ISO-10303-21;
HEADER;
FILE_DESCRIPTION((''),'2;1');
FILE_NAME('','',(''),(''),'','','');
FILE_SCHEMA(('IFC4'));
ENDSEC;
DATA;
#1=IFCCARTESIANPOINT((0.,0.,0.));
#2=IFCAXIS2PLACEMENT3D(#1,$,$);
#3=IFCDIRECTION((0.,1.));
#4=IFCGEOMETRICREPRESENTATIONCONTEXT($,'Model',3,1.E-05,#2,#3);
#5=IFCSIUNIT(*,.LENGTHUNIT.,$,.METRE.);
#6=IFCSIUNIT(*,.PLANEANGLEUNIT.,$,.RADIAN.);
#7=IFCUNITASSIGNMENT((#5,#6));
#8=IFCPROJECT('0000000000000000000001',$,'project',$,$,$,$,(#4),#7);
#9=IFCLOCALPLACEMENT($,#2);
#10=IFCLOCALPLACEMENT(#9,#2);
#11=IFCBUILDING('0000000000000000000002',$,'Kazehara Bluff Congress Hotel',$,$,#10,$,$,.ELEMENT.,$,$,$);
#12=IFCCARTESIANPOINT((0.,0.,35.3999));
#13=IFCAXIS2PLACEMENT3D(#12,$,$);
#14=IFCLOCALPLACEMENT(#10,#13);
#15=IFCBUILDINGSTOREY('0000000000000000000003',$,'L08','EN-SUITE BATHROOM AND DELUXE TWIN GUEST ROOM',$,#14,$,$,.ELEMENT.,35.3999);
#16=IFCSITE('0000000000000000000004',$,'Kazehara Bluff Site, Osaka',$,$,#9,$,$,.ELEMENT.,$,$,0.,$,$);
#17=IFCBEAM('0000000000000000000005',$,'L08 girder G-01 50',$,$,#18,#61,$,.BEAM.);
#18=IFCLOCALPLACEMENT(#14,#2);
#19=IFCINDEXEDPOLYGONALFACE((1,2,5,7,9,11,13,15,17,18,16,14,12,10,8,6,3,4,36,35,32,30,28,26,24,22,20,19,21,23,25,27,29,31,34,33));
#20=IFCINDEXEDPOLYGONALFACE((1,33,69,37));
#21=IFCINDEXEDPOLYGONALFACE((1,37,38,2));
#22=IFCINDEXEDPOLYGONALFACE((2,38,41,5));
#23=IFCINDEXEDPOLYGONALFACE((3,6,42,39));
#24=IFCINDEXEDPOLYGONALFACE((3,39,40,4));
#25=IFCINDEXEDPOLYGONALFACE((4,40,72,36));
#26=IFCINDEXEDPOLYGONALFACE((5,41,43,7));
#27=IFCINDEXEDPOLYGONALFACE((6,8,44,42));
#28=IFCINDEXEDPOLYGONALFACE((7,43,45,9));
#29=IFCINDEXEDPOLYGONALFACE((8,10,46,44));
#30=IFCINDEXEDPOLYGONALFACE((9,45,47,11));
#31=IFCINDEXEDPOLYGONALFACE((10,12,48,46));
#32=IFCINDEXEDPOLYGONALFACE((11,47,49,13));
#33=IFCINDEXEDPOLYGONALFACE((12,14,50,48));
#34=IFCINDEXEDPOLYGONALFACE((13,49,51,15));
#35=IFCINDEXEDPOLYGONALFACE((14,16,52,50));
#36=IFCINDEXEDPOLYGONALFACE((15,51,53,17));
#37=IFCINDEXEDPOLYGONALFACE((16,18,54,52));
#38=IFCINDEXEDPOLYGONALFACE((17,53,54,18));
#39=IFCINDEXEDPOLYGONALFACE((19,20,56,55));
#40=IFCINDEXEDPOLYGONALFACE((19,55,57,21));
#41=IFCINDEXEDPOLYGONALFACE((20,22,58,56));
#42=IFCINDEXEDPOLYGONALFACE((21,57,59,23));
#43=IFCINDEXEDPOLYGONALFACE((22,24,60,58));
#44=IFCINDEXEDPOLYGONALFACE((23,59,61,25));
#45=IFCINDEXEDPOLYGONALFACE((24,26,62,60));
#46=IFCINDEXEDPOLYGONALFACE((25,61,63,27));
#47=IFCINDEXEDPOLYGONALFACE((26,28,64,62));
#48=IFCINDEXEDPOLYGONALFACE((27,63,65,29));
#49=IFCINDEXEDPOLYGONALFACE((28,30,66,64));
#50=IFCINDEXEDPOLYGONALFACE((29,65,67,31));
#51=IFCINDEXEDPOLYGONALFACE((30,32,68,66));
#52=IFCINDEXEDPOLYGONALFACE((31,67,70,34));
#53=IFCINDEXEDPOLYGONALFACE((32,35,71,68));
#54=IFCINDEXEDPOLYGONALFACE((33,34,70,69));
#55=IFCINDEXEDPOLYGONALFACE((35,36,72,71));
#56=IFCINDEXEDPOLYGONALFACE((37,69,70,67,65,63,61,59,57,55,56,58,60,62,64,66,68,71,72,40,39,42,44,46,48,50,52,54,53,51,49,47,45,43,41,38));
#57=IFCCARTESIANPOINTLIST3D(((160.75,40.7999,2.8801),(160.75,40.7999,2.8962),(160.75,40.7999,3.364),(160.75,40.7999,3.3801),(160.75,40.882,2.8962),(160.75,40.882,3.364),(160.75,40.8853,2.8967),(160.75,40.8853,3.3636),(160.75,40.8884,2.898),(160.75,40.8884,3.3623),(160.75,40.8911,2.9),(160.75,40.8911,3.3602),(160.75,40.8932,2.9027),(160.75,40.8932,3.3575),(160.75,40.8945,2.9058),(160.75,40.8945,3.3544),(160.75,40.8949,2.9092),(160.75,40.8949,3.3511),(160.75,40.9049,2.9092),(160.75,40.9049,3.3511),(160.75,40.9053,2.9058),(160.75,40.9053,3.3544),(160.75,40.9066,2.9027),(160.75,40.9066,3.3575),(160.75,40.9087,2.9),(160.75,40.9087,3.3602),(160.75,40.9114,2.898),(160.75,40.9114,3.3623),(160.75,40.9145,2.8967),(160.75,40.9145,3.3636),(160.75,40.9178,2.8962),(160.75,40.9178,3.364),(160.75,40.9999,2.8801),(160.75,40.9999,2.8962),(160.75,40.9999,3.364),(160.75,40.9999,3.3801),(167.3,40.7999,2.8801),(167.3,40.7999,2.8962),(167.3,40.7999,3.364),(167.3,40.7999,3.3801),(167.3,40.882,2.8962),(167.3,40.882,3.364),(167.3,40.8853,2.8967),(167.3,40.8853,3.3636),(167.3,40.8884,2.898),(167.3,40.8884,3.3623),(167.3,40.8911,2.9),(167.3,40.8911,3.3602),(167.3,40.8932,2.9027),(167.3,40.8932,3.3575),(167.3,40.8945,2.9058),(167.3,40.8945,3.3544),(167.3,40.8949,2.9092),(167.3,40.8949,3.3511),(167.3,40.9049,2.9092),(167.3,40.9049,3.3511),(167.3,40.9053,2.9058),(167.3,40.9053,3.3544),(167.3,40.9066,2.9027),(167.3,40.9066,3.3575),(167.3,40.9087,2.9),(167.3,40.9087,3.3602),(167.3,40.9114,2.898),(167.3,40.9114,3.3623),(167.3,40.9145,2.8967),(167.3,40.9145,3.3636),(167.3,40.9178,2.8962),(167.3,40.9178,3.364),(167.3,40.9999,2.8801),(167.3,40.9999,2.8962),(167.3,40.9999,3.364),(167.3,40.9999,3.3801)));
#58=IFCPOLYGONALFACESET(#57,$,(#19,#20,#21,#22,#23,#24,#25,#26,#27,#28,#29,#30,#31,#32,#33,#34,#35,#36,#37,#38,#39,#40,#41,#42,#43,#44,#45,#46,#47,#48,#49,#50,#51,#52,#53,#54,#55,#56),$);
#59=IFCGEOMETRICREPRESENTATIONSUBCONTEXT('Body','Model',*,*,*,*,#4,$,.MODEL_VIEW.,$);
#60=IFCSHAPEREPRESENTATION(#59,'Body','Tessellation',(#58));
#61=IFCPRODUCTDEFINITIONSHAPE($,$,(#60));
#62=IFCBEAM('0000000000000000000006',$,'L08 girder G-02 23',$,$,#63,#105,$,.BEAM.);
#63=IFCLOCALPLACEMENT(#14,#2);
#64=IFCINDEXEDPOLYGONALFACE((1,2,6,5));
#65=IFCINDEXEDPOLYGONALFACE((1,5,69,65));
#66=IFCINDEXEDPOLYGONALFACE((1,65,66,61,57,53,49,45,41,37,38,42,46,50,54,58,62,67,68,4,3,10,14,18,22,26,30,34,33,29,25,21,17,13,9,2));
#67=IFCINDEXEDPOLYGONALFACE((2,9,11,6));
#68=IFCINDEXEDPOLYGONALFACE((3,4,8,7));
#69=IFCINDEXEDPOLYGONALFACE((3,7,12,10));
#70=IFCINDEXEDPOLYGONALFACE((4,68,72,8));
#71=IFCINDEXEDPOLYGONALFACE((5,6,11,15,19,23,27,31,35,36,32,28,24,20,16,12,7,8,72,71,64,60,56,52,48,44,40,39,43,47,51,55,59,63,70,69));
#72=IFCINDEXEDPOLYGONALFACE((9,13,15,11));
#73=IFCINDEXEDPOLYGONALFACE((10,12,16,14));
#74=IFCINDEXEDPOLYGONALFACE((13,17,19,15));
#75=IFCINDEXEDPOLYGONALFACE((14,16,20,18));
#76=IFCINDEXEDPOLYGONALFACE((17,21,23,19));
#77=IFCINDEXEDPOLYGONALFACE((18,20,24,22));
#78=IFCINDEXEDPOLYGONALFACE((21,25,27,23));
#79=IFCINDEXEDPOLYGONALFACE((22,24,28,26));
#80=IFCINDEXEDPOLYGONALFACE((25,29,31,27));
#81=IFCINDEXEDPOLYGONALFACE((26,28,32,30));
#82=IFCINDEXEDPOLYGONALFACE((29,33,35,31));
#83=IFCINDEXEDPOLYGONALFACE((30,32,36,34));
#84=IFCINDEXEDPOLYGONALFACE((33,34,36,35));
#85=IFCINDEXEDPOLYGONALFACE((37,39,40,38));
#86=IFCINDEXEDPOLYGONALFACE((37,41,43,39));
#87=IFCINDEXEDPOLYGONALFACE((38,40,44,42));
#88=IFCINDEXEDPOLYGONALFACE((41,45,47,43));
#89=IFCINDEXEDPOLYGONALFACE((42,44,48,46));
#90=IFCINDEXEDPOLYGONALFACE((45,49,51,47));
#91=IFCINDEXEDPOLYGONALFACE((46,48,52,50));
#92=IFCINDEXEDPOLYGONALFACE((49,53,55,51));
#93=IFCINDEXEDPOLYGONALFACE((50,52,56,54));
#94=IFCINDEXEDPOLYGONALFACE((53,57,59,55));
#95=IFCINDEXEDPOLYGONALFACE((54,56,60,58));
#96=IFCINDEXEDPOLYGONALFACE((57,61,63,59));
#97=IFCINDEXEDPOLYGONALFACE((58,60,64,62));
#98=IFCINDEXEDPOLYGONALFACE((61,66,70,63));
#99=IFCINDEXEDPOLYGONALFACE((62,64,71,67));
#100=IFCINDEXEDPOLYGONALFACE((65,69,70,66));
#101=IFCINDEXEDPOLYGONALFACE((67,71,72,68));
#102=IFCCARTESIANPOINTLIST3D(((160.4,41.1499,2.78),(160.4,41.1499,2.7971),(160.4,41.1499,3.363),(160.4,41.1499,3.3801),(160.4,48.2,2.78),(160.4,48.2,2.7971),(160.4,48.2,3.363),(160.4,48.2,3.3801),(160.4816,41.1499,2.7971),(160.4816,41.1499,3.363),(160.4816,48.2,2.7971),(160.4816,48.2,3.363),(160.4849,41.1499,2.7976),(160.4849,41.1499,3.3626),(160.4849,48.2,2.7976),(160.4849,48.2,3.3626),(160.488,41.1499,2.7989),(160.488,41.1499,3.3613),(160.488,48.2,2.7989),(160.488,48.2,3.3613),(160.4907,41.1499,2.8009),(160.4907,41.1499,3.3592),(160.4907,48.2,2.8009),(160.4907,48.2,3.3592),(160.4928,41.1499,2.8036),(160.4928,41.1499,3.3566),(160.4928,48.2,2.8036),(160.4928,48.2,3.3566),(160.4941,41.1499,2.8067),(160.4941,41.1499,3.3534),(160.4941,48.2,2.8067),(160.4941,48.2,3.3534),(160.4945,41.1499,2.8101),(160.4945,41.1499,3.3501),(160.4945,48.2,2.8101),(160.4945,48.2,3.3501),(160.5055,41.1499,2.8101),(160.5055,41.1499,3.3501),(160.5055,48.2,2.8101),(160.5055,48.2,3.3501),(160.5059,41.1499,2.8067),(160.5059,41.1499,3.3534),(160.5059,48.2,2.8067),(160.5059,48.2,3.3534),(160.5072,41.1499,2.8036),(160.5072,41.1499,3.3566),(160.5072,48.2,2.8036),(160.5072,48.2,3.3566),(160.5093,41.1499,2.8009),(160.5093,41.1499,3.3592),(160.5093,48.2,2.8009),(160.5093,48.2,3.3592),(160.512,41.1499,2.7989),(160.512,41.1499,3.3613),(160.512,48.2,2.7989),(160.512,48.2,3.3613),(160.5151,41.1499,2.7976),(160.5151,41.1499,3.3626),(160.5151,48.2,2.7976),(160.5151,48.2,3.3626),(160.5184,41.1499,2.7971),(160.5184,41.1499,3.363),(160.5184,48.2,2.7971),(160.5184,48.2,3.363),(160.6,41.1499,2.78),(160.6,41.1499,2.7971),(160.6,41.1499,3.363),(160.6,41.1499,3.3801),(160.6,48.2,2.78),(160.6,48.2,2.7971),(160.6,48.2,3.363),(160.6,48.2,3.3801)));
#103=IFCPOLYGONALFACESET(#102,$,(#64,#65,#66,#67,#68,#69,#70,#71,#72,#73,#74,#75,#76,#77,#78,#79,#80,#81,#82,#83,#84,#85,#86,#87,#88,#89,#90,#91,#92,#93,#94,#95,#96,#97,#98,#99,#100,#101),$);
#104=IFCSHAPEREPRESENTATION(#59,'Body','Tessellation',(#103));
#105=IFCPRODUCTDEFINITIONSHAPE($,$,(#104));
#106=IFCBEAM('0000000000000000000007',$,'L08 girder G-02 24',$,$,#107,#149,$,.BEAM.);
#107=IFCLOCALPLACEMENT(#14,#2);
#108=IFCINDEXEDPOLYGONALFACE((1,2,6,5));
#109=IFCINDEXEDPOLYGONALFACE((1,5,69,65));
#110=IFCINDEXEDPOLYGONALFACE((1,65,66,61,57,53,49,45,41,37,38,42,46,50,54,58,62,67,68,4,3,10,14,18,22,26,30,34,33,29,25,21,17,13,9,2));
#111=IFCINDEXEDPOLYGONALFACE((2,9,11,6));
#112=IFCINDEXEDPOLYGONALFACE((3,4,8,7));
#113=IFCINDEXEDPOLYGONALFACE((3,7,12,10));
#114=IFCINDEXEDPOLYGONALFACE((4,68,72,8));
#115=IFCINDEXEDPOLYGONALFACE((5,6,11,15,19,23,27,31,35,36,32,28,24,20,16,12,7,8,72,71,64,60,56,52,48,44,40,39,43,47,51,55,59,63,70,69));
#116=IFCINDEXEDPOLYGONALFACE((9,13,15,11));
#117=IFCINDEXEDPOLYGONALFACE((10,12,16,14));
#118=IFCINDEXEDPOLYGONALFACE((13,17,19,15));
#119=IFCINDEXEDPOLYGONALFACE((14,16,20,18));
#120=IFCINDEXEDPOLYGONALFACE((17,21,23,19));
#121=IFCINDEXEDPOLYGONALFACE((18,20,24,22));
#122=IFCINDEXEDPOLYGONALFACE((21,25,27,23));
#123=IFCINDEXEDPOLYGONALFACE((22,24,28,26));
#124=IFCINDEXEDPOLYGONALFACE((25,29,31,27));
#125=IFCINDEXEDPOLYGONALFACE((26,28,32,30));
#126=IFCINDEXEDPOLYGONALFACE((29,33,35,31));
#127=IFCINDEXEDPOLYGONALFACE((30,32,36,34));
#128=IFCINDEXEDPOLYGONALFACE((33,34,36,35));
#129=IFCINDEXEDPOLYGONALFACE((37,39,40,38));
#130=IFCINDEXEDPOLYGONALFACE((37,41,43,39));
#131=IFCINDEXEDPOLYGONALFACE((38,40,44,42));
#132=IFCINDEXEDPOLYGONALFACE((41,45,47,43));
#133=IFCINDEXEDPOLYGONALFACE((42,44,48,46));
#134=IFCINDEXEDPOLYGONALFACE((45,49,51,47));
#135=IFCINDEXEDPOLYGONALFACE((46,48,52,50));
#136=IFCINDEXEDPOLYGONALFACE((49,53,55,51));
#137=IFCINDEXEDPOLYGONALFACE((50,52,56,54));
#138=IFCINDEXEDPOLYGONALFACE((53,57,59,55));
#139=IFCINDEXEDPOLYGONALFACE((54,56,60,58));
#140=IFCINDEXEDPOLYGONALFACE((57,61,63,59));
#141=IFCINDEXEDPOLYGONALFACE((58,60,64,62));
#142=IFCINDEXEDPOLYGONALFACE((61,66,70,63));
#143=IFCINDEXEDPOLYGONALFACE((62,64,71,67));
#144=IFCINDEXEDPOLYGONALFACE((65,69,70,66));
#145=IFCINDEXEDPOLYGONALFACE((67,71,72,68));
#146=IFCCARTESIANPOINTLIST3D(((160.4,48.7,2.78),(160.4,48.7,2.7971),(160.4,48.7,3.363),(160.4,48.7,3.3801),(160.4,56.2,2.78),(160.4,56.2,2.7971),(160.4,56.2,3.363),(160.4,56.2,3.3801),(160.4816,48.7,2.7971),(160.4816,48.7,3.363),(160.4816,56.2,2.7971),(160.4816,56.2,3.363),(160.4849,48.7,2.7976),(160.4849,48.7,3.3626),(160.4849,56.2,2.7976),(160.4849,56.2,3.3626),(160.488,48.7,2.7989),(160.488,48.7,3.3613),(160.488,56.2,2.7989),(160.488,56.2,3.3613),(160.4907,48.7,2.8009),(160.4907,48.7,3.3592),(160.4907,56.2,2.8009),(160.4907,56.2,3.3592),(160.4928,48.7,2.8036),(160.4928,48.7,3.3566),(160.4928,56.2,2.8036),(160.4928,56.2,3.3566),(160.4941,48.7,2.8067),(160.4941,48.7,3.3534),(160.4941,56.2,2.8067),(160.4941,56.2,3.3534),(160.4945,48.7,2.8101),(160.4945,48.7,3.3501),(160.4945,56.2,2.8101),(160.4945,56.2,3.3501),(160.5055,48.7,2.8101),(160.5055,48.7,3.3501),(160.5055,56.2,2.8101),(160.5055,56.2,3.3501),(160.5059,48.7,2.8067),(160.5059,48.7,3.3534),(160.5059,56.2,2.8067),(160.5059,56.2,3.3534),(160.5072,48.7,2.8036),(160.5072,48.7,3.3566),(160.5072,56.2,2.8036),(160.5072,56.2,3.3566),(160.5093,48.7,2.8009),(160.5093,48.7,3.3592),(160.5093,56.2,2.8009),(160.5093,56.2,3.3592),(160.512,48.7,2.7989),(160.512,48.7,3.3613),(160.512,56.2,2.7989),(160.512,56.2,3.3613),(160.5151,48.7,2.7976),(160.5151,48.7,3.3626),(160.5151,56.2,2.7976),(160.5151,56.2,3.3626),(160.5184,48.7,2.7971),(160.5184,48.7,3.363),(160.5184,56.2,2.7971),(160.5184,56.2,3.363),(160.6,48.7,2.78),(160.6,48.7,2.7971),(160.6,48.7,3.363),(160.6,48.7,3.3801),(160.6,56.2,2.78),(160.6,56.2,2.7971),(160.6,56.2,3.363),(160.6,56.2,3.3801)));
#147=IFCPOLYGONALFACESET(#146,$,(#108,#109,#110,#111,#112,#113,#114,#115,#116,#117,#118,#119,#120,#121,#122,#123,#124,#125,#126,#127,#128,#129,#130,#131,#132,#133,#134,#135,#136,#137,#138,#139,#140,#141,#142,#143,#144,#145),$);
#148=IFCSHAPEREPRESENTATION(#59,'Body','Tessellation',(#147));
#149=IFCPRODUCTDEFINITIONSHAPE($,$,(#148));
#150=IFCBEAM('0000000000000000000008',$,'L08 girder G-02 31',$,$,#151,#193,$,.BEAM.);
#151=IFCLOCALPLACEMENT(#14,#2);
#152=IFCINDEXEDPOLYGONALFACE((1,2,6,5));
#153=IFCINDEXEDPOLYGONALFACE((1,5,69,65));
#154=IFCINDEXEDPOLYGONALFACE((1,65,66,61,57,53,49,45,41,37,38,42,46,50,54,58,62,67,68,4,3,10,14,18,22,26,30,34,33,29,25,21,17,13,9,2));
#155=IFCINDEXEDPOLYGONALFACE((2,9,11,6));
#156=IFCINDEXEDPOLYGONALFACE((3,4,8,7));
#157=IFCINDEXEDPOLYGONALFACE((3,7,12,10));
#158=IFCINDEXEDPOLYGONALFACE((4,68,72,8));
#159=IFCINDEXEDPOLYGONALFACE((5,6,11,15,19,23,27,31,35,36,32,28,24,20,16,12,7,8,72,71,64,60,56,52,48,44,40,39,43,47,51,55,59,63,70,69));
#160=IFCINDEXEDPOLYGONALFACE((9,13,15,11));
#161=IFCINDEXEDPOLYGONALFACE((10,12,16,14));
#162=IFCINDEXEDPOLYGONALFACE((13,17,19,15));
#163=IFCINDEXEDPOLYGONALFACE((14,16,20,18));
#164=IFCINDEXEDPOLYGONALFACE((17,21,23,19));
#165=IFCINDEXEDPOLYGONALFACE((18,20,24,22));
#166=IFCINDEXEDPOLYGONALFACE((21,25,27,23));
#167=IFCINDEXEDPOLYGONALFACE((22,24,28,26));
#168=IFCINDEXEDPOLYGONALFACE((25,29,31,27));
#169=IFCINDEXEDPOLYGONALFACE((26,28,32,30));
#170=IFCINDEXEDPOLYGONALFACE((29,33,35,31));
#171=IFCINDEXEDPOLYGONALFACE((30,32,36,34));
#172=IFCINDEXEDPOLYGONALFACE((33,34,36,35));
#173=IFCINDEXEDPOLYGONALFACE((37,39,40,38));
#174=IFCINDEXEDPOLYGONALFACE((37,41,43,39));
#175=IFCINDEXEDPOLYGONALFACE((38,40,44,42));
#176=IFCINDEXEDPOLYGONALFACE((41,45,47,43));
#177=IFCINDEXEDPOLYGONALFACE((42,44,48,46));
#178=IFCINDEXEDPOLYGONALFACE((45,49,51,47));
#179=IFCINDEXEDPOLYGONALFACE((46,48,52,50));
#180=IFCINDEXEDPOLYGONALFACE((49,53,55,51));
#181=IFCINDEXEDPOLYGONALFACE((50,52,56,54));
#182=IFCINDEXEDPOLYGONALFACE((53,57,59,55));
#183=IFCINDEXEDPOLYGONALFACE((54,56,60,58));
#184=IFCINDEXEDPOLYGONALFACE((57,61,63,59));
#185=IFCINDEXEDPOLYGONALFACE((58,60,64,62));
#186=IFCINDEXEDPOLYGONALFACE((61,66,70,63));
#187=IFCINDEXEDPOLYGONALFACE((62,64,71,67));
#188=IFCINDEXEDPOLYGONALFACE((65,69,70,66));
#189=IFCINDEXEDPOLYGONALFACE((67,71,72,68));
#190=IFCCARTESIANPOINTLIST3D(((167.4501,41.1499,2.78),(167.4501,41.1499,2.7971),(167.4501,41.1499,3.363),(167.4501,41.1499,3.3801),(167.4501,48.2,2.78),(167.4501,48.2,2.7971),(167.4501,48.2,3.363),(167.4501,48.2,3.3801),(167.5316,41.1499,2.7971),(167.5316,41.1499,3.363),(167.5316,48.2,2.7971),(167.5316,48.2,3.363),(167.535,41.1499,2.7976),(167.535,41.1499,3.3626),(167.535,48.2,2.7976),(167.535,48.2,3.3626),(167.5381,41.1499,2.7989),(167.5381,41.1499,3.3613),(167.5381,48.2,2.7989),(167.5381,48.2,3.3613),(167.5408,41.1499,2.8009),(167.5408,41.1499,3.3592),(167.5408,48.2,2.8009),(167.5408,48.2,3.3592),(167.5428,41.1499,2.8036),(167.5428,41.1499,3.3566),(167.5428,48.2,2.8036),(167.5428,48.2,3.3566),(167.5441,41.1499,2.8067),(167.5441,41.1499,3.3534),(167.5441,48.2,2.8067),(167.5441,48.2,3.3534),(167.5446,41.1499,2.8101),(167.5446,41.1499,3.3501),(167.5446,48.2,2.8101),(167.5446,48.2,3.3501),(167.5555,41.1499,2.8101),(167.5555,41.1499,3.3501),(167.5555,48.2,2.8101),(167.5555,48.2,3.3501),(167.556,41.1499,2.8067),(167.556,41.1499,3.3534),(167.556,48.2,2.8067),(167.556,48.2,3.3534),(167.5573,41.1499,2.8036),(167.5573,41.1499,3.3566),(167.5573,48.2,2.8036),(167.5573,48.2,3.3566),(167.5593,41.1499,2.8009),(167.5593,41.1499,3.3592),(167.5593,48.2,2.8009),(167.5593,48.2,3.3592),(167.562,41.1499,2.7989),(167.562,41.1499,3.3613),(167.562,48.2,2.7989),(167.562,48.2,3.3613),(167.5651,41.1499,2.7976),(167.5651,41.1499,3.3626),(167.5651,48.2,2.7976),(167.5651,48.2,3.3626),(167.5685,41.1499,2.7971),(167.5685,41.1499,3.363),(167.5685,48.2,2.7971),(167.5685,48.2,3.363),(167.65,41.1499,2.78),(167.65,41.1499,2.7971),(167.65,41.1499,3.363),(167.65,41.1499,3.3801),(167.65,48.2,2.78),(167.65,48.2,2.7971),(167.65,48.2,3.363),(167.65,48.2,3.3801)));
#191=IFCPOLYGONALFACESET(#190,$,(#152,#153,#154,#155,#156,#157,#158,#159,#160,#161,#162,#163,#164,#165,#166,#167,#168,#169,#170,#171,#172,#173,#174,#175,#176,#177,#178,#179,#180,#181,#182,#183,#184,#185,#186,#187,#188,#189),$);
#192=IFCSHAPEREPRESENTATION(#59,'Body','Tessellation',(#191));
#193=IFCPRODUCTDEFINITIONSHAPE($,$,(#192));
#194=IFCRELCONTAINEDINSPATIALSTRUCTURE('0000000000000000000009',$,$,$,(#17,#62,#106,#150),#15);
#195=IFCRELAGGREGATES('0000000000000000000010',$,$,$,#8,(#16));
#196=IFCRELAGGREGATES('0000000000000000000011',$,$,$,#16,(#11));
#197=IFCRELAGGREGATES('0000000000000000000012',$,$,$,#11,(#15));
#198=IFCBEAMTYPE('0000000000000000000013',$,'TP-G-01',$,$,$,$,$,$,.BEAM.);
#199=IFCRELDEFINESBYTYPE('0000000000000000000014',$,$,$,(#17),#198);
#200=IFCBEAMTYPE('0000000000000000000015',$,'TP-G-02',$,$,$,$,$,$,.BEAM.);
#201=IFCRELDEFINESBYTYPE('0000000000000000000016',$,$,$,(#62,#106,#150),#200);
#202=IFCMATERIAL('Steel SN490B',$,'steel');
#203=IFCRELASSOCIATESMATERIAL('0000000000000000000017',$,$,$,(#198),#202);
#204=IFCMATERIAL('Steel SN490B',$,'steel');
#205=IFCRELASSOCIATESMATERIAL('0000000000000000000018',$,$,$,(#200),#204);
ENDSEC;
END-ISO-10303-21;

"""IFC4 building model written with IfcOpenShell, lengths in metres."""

from ifc_helpers import new_model, si_unit, direction, frame, origin, origin_2d, place, context, subcontext, project, spatial, i_section, extrude, material, material_profile, profile_set, type_object, element, save


model = new_model("IFC4")

# Units and contexts
model_context = context("Model", 3, precision=1e-05, world=origin(), true_north=direction((0.0, 1.0)))
body_context = subcontext(model_context, "Body", "Model", "MODEL_VIEW")
ifc_project = project(units=[si_unit("LENGTHUNIT", "METRE"), si_unit("PLANEANGLEUNIT", "RADIAN")], contexts=[model_context])

# Site, building, storey
site_placement = place(None, origin())
site = spatial("IfcSite", under=ifc_project, at=site_placement, Name="Kazehara Bluff Site, Osaka", CompositionType="ELEMENT", RefElevation=0.0)
building_placement = place(site_placement, origin())
building = spatial("IfcBuilding", under=site, at=building_placement, Name="Kazehara Bluff Congress Hotel", CompositionType="ELEMENT")
storey_placement = place(building_placement, frame((0.0, 0.0, 35.3999)))
storey = spatial("IfcBuildingStorey", under=building, at=storey_placement, Name="L08", Description="EN-SUITE BATHROOM AND DELUXE TWIN GUEST ROOM", CompositionType="ELEMENT", Elevation=35.3999)

# Beams
ifc_material_1 = material(Name="Steel SN490B", Category="steel")
ifc_material_profile_1 = material_profile(ifc_material_1, i_section(OverallWidth=0.2, OverallDepth=0.5, WebThickness=0.01, FlangeThickness=0.0161, FilletRadius=0.0129, at=origin_2d()))
ifc_profile_set_1 = profile_set([ifc_material_profile_1], Name="Steel SN490B")
beam_type_1 = type_object("IfcBeamType", Name="TP-G-01", PredefinedType="BEAM", material=ifc_profile_set_1)
beam_1_placement = place(storey_placement, frame((160.75, 40.8999, 3.1301), z_axis=(1.0, 0.0, 0.0), x_axis=(0.0, 1.0, 0.0)))
element("IfcBeam", 1, at=beam_1_placement, inside=storey, type_object=beam_type_1, Name="L08 girder G-01 50", PredefinedType="BEAM", context=body_context, shape_type="SweptSolid", body=[
    extrude(i_section(OverallWidth=0.2, OverallDepth=0.5, WebThickness=0.01, FlangeThickness=0.0161, FilletRadius=0.0129, at=origin_2d()), origin(), (0.0, 0.0, 1.0), 6.55),
])
ifc_material_2 = material(Name="Steel SN490B", Category="steel")
ifc_material_profile_2 = material_profile(ifc_material_2, i_section(OverallWidth=0.2, OverallDepth=0.6001, WebThickness=0.011, FlangeThickness=0.0171, FilletRadius=0.0129, at=origin_2d()))
ifc_profile_set_2 = profile_set([ifc_material_profile_2], Name="Steel SN490B")
beam_type_2 = type_object("IfcBeamType", Name="TP-G-02", PredefinedType="BEAM", material=ifc_profile_set_2)
beam_2_placement = place(storey_placement, frame((160.5, 41.1499, 3.0801), z_axis=(0.0, 1.0, 0.0), x_axis=(-1.0, 0.0, 0.0)))
element("IfcBeam", 2, at=beam_2_placement, inside=storey, type_object=beam_type_2, Name="L08 girder G-02 23", PredefinedType="BEAM", context=body_context, shape_type="SweptSolid", body=[
    extrude(i_section(OverallWidth=0.2, OverallDepth=0.6001, WebThickness=0.011, FlangeThickness=0.0171, FilletRadius=0.0129, at=origin_2d()), origin(), (0.0, 0.0, 1.0), 7.05),
])
beam_3_placement = place(storey_placement, frame((160.5, 48.7, 3.0801), z_axis=(0.0, 1.0, 0.0), x_axis=(-1.0, 0.0, 0.0)))
element("IfcBeam", 3, at=beam_3_placement, inside=storey, type_object=beam_type_2, Name="L08 girder G-02 24", PredefinedType="BEAM", context=body_context, shape_type="SweptSolid", body=[
    extrude(i_section(OverallWidth=0.2, OverallDepth=0.6001, WebThickness=0.011, FlangeThickness=0.0171, FilletRadius=0.0129, at=origin_2d()), origin(), (0.0, 0.0, 1.0), 7.5),
])
beam_4_placement = place(storey_placement, frame((167.55, 41.1499, 3.0801), z_axis=(0.0, 1.0, 0.0), x_axis=(-1.0, 0.0, 0.0)))
element("IfcBeam", 4, at=beam_4_placement, inside=storey, type_object=beam_type_2, Name="L08 girder G-02 31", PredefinedType="BEAM", context=body_context, shape_type="SweptSolid", body=[
    extrude(i_section(OverallWidth=0.2, OverallDepth=0.6001, WebThickness=0.011, FlangeThickness=0.0171, FilletRadius=0.0129, at=origin_2d()), origin(), (0.0, 0.0, 1.0), 7.05),
])

save(model, "model.ifc")
